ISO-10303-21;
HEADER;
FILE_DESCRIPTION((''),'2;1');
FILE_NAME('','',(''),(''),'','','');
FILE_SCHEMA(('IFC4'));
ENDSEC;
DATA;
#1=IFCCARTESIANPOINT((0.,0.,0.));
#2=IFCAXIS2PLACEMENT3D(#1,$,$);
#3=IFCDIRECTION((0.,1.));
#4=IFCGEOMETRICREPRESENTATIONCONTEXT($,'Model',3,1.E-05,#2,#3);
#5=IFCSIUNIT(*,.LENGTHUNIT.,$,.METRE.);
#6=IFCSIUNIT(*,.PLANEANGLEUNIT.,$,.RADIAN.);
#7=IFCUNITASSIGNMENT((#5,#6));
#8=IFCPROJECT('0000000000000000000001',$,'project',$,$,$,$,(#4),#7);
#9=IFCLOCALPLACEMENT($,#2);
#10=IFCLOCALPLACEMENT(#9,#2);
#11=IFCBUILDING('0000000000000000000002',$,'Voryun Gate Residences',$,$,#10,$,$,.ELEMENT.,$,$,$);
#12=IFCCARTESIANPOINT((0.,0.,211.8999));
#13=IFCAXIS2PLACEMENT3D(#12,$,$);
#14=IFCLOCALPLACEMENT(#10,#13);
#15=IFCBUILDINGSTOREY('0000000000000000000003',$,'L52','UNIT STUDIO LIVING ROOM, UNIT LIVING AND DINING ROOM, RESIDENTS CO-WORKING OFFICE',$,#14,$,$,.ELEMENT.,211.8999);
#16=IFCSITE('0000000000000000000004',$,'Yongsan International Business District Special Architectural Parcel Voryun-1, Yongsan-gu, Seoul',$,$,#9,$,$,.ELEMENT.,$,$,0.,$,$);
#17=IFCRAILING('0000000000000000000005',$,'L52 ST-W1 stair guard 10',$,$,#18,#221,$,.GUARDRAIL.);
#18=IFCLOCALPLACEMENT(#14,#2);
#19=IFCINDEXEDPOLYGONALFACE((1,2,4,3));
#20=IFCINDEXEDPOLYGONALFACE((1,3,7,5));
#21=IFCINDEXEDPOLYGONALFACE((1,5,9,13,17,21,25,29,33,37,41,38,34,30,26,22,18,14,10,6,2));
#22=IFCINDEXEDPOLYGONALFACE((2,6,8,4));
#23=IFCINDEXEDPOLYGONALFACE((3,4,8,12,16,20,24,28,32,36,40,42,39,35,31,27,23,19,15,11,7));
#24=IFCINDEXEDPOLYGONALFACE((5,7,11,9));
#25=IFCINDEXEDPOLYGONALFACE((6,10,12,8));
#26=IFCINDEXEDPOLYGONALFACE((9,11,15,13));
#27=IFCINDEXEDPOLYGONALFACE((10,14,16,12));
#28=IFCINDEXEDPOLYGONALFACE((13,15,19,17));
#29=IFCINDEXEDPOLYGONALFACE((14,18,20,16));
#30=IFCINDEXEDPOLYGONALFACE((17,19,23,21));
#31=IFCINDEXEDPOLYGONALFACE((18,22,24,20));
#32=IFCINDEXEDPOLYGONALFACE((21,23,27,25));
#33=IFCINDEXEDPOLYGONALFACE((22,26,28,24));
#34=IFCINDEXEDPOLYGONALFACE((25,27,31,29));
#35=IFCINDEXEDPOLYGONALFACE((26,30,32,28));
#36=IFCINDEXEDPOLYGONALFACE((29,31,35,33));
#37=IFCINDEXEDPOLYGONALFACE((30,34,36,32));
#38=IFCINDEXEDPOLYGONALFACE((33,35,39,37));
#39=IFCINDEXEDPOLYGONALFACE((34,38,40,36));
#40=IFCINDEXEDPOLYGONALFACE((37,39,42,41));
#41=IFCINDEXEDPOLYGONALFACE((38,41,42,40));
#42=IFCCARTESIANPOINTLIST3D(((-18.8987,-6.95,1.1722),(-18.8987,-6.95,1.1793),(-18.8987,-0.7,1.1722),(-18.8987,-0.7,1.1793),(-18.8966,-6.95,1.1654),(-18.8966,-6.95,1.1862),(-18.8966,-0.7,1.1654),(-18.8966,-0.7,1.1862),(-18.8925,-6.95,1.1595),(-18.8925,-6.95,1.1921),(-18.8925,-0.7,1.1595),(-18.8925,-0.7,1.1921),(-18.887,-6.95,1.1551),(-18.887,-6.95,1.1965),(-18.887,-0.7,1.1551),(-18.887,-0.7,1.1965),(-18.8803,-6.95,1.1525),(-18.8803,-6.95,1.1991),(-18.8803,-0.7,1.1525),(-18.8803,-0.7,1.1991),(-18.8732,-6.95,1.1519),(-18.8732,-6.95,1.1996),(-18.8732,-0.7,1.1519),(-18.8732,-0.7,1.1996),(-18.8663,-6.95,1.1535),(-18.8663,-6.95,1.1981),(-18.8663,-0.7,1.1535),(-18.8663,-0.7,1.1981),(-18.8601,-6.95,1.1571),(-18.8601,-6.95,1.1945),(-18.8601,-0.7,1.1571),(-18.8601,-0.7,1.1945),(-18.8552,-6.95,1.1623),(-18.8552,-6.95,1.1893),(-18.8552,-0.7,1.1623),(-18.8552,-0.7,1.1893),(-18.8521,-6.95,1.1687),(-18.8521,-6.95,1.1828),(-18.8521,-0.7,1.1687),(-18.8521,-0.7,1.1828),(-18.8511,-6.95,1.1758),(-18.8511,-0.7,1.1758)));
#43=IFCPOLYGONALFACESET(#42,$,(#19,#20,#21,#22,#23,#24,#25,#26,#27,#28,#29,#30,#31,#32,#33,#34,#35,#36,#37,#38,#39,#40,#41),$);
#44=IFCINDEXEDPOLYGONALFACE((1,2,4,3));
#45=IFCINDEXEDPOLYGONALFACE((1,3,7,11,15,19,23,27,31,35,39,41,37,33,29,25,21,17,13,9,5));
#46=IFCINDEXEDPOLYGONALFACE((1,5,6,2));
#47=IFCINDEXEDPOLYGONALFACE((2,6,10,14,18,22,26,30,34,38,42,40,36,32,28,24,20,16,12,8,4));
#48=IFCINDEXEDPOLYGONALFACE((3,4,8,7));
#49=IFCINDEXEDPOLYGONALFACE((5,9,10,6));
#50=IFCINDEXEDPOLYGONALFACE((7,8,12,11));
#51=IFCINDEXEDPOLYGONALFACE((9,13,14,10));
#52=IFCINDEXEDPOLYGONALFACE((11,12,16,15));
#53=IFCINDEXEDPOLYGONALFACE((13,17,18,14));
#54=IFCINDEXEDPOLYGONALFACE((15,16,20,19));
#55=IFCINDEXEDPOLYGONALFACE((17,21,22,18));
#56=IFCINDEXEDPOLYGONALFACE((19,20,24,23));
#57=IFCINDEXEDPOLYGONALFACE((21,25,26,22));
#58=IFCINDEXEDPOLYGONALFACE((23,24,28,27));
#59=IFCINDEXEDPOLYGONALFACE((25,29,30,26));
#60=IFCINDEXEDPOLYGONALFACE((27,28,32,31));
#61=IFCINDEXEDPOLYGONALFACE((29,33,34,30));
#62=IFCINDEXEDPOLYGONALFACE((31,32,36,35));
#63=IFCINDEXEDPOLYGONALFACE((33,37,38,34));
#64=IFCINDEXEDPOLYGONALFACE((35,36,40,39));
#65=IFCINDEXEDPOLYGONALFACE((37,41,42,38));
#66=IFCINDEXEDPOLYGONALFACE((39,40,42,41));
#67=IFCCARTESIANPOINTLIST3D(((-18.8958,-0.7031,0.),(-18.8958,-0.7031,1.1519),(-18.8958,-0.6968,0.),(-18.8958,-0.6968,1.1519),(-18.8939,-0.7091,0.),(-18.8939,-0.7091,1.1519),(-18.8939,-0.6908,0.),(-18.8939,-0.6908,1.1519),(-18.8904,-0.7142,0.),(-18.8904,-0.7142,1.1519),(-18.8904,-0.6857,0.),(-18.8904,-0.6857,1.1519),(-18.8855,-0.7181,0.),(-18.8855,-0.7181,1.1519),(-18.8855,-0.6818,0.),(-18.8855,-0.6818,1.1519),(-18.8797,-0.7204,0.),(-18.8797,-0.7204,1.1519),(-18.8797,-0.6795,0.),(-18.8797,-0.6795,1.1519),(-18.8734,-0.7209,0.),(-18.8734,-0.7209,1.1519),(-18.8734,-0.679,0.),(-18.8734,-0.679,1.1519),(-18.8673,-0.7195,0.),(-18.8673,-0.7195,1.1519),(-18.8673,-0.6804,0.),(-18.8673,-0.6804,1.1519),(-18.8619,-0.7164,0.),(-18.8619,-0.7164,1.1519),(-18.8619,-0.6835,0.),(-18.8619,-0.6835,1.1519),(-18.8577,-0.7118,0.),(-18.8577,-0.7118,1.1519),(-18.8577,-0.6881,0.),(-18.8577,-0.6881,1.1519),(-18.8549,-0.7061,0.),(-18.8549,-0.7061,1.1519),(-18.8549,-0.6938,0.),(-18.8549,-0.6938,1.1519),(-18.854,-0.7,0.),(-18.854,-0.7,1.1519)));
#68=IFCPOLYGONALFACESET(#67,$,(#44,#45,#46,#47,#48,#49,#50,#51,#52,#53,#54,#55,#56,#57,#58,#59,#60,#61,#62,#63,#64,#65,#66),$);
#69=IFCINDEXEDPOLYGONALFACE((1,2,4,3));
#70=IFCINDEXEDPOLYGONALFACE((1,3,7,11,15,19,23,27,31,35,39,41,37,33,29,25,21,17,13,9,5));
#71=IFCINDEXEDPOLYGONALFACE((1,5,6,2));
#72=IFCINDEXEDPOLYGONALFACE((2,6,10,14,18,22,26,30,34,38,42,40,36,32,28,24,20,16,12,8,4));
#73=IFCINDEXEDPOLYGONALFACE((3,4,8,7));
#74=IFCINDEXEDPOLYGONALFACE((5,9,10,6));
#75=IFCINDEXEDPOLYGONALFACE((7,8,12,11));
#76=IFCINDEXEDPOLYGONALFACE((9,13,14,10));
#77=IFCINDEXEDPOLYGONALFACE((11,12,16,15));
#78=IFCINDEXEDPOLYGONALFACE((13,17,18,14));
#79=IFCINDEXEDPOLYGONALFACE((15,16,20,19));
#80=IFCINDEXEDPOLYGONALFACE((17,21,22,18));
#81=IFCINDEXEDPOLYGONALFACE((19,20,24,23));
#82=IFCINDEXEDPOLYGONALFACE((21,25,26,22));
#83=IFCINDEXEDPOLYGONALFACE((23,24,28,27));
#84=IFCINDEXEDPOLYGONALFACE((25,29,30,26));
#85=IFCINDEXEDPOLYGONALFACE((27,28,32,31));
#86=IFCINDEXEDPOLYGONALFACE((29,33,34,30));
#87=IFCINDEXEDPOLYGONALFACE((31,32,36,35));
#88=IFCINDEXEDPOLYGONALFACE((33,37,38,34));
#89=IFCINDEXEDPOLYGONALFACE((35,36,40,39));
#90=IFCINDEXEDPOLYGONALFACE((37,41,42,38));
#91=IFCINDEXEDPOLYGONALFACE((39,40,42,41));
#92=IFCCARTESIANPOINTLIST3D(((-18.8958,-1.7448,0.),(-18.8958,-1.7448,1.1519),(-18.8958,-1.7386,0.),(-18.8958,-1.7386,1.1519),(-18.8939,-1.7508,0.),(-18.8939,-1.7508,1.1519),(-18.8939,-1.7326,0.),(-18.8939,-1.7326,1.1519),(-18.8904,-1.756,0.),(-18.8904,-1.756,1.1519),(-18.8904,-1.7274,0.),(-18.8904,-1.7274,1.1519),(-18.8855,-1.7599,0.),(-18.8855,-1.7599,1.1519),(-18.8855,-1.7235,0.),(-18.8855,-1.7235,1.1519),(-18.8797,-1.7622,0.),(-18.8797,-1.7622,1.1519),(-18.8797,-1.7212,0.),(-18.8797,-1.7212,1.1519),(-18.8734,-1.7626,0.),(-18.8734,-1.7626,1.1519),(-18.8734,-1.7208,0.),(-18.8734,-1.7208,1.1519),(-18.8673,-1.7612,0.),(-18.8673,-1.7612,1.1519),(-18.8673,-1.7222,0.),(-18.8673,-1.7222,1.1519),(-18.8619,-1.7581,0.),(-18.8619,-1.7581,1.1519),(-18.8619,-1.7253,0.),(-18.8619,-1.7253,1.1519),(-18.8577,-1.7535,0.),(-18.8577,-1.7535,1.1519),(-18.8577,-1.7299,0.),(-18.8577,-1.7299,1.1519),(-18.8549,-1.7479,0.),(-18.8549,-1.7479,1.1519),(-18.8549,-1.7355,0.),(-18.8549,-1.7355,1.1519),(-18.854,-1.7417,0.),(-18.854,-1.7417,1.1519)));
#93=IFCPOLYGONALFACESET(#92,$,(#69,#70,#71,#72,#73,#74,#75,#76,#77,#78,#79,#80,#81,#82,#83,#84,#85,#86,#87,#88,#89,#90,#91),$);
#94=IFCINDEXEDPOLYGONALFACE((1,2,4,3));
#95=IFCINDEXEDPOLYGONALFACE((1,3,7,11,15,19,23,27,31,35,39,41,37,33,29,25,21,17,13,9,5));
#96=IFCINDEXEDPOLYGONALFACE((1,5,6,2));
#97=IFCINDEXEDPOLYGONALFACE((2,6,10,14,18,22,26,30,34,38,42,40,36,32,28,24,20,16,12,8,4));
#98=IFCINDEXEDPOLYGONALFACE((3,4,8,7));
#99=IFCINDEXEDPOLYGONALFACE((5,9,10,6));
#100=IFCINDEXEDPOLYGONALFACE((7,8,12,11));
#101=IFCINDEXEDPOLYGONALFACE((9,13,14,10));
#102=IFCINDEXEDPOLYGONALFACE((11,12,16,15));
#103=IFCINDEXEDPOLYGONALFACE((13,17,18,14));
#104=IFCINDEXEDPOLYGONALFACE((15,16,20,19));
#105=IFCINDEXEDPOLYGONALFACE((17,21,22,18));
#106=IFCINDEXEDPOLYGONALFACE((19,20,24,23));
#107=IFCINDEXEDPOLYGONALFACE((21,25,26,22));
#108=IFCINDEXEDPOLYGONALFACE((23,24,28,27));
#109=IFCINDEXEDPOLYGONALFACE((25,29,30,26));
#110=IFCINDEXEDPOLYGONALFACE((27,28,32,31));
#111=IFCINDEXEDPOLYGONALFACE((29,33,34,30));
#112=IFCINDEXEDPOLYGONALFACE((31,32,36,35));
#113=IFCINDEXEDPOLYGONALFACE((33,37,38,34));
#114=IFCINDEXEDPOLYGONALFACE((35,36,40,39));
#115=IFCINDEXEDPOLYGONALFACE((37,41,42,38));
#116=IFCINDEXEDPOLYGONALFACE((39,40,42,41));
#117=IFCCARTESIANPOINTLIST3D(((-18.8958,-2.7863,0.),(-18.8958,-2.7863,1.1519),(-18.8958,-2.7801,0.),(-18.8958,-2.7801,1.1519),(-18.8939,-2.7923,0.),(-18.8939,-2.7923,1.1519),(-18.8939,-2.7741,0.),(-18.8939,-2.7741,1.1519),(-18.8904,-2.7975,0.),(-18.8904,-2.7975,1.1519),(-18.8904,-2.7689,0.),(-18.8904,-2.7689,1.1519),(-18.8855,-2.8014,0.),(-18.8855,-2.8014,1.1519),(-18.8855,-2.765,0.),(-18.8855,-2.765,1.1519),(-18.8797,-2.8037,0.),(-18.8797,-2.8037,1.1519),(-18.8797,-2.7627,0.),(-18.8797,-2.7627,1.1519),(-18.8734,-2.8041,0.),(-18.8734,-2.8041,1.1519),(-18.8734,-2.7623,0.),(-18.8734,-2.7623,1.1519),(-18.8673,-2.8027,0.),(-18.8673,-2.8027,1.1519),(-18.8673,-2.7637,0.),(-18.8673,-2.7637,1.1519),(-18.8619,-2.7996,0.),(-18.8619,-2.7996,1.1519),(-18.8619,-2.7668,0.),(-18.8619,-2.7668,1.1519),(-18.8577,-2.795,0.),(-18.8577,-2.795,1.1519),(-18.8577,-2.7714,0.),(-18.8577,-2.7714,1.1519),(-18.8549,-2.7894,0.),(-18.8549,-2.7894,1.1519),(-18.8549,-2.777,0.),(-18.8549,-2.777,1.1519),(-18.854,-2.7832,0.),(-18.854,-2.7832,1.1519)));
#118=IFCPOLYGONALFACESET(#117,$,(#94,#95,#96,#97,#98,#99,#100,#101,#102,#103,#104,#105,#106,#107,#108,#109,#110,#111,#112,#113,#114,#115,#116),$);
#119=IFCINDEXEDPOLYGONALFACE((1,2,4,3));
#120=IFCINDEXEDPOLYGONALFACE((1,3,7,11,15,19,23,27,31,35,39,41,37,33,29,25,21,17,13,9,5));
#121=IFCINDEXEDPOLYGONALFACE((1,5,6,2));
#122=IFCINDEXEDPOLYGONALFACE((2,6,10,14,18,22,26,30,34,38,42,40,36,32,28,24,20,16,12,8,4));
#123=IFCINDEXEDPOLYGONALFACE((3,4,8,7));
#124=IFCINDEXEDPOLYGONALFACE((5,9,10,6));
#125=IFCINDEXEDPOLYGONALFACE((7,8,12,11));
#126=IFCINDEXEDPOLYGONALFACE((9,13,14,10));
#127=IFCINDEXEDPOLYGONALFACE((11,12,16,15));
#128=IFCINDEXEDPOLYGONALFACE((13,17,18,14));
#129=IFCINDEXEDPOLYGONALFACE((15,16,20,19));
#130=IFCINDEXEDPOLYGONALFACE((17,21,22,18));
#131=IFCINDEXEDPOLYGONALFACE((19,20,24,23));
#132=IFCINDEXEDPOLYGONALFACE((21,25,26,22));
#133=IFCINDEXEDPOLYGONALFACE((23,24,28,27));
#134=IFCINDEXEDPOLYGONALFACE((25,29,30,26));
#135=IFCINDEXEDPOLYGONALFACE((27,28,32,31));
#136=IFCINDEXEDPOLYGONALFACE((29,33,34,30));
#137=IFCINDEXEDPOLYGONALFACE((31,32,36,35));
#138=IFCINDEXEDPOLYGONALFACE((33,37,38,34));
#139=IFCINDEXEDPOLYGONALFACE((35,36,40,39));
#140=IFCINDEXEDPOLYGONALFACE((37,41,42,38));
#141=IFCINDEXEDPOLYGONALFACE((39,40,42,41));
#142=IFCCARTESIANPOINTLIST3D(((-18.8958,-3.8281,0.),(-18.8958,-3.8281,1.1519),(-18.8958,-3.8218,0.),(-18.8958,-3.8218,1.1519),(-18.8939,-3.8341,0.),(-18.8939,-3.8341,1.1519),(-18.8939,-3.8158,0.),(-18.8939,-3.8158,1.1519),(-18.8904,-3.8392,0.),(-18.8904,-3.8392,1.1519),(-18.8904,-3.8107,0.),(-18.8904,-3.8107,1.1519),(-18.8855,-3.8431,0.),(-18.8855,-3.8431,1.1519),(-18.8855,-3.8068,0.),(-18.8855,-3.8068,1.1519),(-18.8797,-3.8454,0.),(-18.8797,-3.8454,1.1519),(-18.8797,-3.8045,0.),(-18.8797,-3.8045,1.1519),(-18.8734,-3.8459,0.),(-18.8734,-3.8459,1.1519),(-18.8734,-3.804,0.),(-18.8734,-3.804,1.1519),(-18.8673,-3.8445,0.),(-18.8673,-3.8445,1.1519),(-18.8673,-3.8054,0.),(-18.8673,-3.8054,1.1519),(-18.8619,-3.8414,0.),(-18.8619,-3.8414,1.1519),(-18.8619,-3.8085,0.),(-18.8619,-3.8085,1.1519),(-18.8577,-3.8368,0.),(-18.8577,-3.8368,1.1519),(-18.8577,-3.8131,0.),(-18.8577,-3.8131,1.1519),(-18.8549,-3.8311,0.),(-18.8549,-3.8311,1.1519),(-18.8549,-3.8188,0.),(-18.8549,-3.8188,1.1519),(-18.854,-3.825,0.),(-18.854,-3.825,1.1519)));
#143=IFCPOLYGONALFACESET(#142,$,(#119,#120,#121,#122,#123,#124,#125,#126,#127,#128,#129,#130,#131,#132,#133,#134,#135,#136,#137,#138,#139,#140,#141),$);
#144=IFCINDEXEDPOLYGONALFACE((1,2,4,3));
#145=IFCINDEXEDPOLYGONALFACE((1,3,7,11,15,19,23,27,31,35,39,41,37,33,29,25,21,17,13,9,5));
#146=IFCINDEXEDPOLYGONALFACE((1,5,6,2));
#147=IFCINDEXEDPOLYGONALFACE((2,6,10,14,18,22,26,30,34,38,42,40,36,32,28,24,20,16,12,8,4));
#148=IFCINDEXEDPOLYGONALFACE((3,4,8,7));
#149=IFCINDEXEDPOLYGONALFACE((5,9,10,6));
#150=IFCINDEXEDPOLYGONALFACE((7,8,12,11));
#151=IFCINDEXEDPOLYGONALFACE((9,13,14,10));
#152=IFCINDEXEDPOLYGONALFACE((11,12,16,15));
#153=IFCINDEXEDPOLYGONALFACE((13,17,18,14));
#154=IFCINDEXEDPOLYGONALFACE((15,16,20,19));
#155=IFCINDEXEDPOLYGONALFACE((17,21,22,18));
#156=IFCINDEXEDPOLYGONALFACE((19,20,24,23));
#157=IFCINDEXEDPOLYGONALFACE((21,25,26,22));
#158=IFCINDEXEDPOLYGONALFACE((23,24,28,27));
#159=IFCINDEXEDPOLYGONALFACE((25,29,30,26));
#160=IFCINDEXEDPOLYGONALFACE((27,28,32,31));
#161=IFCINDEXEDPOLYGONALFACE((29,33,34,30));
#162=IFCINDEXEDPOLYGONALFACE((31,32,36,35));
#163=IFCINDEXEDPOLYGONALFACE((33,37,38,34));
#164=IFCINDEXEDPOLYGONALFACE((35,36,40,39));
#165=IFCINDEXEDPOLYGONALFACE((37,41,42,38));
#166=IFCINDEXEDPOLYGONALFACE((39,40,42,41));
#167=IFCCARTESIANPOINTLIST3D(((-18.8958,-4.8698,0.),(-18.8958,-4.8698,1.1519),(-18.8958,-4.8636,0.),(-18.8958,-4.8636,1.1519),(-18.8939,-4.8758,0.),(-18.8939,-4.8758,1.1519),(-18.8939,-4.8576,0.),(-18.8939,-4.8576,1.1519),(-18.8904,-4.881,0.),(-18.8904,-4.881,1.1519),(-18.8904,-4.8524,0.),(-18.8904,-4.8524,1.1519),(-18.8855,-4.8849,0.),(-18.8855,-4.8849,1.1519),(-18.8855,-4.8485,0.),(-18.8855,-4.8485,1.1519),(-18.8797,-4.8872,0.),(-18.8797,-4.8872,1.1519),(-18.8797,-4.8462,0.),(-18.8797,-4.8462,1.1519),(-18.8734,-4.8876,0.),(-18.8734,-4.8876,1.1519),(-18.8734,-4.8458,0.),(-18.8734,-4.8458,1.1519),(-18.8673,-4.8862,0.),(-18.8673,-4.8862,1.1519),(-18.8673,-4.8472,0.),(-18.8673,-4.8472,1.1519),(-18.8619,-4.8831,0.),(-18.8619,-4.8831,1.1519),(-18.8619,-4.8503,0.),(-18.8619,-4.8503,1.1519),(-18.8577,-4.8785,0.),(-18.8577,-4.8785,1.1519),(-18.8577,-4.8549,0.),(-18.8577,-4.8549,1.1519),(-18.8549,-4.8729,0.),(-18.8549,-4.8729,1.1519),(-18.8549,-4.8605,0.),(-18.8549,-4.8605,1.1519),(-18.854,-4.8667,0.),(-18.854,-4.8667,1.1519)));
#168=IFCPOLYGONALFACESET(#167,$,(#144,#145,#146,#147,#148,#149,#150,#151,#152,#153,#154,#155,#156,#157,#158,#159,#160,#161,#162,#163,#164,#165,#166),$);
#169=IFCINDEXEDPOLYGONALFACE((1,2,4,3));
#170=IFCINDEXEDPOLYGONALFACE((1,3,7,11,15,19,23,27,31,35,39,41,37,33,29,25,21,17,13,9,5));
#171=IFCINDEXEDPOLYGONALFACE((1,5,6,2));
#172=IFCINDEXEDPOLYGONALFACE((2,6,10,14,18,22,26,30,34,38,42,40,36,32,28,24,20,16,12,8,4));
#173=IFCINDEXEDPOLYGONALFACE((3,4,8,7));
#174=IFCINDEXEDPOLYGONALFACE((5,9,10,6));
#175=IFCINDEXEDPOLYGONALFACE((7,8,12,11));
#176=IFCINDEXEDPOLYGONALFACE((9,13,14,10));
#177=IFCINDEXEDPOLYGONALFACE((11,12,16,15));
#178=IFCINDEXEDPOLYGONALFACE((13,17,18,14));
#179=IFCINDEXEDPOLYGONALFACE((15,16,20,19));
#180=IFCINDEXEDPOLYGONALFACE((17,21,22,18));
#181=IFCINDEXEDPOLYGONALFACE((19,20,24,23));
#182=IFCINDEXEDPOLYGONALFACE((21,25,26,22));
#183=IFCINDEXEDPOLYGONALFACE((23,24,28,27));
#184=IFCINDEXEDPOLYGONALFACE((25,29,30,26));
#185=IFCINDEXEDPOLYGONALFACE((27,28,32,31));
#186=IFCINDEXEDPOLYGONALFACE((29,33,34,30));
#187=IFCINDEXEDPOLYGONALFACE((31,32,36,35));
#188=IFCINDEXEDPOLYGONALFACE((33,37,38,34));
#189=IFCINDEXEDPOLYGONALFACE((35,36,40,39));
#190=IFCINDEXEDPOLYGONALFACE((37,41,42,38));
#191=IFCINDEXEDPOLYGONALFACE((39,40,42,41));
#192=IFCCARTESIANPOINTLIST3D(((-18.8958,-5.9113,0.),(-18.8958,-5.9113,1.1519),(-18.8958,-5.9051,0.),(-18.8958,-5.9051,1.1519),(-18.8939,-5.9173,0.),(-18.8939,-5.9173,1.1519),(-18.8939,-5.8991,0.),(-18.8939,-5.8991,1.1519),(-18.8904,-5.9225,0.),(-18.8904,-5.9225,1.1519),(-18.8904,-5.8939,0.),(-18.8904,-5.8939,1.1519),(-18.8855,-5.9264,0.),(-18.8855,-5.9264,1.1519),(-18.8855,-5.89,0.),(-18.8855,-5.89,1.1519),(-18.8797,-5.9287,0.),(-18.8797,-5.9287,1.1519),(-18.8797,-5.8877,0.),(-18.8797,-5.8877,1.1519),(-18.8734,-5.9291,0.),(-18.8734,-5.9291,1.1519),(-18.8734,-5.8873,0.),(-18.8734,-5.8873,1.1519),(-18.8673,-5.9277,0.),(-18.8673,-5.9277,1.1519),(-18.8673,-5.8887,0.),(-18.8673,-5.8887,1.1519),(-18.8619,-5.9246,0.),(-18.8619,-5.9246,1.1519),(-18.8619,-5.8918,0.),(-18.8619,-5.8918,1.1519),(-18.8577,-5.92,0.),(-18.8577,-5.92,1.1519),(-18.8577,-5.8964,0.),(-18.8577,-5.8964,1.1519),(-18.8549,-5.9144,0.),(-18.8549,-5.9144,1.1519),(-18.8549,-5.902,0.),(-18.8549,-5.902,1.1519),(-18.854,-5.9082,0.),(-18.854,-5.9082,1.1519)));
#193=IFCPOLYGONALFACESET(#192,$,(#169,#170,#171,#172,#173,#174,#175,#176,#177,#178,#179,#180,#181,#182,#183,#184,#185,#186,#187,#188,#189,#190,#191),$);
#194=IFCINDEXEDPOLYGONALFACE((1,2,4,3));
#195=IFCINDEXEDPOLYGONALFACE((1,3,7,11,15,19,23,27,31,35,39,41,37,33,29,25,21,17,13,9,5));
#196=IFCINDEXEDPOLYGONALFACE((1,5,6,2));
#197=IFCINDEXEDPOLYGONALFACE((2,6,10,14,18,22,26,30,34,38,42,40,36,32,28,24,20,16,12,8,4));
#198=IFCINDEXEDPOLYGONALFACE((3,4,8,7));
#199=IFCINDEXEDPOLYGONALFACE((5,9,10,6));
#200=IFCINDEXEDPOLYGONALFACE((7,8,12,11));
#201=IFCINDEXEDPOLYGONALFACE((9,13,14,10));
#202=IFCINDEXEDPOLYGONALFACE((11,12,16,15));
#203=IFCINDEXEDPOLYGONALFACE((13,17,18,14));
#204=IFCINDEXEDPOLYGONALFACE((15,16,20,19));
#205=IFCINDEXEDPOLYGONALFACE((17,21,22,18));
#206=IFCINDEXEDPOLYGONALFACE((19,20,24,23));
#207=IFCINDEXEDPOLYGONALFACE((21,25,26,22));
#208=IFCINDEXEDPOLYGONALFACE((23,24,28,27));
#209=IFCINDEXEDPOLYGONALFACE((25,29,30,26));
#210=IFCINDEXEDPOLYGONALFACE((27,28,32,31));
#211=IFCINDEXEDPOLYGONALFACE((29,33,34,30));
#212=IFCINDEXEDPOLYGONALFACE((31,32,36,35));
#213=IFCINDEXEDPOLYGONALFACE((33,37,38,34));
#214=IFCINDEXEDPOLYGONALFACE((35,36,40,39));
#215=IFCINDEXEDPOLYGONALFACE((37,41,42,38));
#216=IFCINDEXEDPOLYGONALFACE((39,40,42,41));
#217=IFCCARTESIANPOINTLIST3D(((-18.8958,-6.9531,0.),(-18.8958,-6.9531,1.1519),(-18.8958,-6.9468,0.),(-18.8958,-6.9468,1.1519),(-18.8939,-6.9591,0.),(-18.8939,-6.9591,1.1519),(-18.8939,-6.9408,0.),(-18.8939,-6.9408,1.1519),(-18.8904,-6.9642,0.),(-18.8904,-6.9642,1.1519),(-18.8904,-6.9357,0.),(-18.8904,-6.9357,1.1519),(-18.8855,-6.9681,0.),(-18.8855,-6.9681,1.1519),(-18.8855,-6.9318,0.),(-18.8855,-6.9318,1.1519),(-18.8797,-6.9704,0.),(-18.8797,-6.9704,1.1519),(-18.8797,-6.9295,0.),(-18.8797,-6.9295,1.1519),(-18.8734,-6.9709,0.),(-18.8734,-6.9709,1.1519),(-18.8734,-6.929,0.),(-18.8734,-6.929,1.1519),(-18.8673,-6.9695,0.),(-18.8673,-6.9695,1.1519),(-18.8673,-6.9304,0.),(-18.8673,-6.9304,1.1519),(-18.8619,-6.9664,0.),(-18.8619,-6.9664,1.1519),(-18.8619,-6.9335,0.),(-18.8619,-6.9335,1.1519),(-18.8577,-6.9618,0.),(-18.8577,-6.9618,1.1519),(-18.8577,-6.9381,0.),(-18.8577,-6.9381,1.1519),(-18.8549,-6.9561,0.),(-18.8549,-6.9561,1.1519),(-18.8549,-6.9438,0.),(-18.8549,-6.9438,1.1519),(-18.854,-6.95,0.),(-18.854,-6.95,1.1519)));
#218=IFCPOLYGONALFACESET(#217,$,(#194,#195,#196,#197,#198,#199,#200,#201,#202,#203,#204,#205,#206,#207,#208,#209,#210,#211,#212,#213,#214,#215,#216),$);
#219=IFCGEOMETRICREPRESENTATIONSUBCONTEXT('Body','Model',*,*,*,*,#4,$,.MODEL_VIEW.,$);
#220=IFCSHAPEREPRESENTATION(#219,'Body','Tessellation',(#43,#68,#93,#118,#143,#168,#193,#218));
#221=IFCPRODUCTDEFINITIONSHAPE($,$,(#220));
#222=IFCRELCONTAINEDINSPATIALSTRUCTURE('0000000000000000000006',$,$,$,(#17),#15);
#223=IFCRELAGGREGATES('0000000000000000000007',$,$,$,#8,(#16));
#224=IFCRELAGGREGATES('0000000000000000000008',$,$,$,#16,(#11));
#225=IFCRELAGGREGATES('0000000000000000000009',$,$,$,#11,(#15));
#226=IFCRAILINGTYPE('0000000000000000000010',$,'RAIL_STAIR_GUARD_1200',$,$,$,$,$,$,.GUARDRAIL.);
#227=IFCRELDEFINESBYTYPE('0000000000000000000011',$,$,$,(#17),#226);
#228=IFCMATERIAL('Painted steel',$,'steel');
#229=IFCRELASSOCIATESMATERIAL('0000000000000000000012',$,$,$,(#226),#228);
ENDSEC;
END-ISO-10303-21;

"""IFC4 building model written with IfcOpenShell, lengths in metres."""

from ifc_helpers import new_model, si_unit, direction, frame, origin, origin_2d, place, context, subcontext, project, spatial, circle, extrude, material, type_object, element, save


model = new_model("IFC4")

# Units and contexts
model_context = context("Model", 3, precision=1e-05, world=origin(), true_north=direction((0.0, 1.0)))
body_context = subcontext(model_context, "Body", "Model", "MODEL_VIEW")
ifc_project = project(units=[si_unit("LENGTHUNIT", "METRE"), si_unit("PLANEANGLEUNIT", "RADIAN")], contexts=[model_context])

# Site, building, storey
site_placement = place(None, origin())
site = spatial("IfcSite", under=ifc_project, at=site_placement, Name="Yongsan International Business District Special Architectural Parcel Voryun-1, Yongsan-gu, Seoul", CompositionType="ELEMENT", RefElevation=0.0)
building_placement = place(site_placement, origin())
building = spatial("IfcBuilding", under=site, at=building_placement, Name="Voryun Gate Residences", CompositionType="ELEMENT")
storey_placement = place(building_placement, frame((0.0, 0.0, 211.8999)))
storey = spatial("IfcBuildingStorey", under=building, at=storey_placement, Name="L52", Description="UNIT STUDIO LIVING ROOM, UNIT LIVING AND DINING ROOM, RESIDENTS CO-WORKING OFFICE", CompositionType="ELEMENT", Elevation=211.8999)

# Railing
ifc_material_1 = material(Name="Painted steel", Category="steel")
railing_type_1 = type_object("IfcRailingType", Name="RAIL_STAIR_GUARD_1200", PredefinedType="GUARDRAIL", material=ifc_material_1)
railing_1_placement = place(storey_placement, frame((-18.875, -0.7, 0.0)))
element("IfcRailing", 1, at=railing_1_placement, inside=storey, type_object=railing_type_1, Name="L52 ST-W1 stair guard 10", PredefinedType="GUARDRAIL", context=body_context, shape_type="SweptSolid", body=[
    extrude(circle(Radius=0.0239, at=origin_2d()), frame((0.0, 0.0, 1.1758), z_axis=(0.0, -1.0, 0.0), x_axis=(1.0, 0.0, 0.0)), (0.0, 0.0, 1.0), 6.25),
    extrude(circle(Radius=0.021, at=origin_2d()), origin(), (0.0, 0.0, 1.0), 1.1519),
    extrude(circle(Radius=0.021, at=origin_2d()), frame((0.0, -1.0417, 0.0)), (0.0, 0.0, 1.0), 1.1519),
    extrude(circle(Radius=0.021, at=origin_2d()), frame((0.0, -2.0833, 0.0)), (0.0, 0.0, 1.0), 1.1519),
    extrude(circle(Radius=0.021, at=origin_2d()), frame((0.0, -3.125, 0.0)), (0.0, 0.0, 1.0), 1.1519),
    extrude(circle(Radius=0.021, at=origin_2d()), frame((0.0, -4.1667, 0.0)), (0.0, 0.0, 1.0), 1.1519),
    extrude(circle(Radius=0.021, at=origin_2d()), frame((0.0, -5.2083, 0.0)), (0.0, 0.0, 1.0), 1.1519),
    extrude(circle(Radius=0.021, at=origin_2d()), frame((0.0, -6.25, 0.0)), (0.0, 0.0, 1.0), 1.1519),
])

save(model, "model.ifc")
